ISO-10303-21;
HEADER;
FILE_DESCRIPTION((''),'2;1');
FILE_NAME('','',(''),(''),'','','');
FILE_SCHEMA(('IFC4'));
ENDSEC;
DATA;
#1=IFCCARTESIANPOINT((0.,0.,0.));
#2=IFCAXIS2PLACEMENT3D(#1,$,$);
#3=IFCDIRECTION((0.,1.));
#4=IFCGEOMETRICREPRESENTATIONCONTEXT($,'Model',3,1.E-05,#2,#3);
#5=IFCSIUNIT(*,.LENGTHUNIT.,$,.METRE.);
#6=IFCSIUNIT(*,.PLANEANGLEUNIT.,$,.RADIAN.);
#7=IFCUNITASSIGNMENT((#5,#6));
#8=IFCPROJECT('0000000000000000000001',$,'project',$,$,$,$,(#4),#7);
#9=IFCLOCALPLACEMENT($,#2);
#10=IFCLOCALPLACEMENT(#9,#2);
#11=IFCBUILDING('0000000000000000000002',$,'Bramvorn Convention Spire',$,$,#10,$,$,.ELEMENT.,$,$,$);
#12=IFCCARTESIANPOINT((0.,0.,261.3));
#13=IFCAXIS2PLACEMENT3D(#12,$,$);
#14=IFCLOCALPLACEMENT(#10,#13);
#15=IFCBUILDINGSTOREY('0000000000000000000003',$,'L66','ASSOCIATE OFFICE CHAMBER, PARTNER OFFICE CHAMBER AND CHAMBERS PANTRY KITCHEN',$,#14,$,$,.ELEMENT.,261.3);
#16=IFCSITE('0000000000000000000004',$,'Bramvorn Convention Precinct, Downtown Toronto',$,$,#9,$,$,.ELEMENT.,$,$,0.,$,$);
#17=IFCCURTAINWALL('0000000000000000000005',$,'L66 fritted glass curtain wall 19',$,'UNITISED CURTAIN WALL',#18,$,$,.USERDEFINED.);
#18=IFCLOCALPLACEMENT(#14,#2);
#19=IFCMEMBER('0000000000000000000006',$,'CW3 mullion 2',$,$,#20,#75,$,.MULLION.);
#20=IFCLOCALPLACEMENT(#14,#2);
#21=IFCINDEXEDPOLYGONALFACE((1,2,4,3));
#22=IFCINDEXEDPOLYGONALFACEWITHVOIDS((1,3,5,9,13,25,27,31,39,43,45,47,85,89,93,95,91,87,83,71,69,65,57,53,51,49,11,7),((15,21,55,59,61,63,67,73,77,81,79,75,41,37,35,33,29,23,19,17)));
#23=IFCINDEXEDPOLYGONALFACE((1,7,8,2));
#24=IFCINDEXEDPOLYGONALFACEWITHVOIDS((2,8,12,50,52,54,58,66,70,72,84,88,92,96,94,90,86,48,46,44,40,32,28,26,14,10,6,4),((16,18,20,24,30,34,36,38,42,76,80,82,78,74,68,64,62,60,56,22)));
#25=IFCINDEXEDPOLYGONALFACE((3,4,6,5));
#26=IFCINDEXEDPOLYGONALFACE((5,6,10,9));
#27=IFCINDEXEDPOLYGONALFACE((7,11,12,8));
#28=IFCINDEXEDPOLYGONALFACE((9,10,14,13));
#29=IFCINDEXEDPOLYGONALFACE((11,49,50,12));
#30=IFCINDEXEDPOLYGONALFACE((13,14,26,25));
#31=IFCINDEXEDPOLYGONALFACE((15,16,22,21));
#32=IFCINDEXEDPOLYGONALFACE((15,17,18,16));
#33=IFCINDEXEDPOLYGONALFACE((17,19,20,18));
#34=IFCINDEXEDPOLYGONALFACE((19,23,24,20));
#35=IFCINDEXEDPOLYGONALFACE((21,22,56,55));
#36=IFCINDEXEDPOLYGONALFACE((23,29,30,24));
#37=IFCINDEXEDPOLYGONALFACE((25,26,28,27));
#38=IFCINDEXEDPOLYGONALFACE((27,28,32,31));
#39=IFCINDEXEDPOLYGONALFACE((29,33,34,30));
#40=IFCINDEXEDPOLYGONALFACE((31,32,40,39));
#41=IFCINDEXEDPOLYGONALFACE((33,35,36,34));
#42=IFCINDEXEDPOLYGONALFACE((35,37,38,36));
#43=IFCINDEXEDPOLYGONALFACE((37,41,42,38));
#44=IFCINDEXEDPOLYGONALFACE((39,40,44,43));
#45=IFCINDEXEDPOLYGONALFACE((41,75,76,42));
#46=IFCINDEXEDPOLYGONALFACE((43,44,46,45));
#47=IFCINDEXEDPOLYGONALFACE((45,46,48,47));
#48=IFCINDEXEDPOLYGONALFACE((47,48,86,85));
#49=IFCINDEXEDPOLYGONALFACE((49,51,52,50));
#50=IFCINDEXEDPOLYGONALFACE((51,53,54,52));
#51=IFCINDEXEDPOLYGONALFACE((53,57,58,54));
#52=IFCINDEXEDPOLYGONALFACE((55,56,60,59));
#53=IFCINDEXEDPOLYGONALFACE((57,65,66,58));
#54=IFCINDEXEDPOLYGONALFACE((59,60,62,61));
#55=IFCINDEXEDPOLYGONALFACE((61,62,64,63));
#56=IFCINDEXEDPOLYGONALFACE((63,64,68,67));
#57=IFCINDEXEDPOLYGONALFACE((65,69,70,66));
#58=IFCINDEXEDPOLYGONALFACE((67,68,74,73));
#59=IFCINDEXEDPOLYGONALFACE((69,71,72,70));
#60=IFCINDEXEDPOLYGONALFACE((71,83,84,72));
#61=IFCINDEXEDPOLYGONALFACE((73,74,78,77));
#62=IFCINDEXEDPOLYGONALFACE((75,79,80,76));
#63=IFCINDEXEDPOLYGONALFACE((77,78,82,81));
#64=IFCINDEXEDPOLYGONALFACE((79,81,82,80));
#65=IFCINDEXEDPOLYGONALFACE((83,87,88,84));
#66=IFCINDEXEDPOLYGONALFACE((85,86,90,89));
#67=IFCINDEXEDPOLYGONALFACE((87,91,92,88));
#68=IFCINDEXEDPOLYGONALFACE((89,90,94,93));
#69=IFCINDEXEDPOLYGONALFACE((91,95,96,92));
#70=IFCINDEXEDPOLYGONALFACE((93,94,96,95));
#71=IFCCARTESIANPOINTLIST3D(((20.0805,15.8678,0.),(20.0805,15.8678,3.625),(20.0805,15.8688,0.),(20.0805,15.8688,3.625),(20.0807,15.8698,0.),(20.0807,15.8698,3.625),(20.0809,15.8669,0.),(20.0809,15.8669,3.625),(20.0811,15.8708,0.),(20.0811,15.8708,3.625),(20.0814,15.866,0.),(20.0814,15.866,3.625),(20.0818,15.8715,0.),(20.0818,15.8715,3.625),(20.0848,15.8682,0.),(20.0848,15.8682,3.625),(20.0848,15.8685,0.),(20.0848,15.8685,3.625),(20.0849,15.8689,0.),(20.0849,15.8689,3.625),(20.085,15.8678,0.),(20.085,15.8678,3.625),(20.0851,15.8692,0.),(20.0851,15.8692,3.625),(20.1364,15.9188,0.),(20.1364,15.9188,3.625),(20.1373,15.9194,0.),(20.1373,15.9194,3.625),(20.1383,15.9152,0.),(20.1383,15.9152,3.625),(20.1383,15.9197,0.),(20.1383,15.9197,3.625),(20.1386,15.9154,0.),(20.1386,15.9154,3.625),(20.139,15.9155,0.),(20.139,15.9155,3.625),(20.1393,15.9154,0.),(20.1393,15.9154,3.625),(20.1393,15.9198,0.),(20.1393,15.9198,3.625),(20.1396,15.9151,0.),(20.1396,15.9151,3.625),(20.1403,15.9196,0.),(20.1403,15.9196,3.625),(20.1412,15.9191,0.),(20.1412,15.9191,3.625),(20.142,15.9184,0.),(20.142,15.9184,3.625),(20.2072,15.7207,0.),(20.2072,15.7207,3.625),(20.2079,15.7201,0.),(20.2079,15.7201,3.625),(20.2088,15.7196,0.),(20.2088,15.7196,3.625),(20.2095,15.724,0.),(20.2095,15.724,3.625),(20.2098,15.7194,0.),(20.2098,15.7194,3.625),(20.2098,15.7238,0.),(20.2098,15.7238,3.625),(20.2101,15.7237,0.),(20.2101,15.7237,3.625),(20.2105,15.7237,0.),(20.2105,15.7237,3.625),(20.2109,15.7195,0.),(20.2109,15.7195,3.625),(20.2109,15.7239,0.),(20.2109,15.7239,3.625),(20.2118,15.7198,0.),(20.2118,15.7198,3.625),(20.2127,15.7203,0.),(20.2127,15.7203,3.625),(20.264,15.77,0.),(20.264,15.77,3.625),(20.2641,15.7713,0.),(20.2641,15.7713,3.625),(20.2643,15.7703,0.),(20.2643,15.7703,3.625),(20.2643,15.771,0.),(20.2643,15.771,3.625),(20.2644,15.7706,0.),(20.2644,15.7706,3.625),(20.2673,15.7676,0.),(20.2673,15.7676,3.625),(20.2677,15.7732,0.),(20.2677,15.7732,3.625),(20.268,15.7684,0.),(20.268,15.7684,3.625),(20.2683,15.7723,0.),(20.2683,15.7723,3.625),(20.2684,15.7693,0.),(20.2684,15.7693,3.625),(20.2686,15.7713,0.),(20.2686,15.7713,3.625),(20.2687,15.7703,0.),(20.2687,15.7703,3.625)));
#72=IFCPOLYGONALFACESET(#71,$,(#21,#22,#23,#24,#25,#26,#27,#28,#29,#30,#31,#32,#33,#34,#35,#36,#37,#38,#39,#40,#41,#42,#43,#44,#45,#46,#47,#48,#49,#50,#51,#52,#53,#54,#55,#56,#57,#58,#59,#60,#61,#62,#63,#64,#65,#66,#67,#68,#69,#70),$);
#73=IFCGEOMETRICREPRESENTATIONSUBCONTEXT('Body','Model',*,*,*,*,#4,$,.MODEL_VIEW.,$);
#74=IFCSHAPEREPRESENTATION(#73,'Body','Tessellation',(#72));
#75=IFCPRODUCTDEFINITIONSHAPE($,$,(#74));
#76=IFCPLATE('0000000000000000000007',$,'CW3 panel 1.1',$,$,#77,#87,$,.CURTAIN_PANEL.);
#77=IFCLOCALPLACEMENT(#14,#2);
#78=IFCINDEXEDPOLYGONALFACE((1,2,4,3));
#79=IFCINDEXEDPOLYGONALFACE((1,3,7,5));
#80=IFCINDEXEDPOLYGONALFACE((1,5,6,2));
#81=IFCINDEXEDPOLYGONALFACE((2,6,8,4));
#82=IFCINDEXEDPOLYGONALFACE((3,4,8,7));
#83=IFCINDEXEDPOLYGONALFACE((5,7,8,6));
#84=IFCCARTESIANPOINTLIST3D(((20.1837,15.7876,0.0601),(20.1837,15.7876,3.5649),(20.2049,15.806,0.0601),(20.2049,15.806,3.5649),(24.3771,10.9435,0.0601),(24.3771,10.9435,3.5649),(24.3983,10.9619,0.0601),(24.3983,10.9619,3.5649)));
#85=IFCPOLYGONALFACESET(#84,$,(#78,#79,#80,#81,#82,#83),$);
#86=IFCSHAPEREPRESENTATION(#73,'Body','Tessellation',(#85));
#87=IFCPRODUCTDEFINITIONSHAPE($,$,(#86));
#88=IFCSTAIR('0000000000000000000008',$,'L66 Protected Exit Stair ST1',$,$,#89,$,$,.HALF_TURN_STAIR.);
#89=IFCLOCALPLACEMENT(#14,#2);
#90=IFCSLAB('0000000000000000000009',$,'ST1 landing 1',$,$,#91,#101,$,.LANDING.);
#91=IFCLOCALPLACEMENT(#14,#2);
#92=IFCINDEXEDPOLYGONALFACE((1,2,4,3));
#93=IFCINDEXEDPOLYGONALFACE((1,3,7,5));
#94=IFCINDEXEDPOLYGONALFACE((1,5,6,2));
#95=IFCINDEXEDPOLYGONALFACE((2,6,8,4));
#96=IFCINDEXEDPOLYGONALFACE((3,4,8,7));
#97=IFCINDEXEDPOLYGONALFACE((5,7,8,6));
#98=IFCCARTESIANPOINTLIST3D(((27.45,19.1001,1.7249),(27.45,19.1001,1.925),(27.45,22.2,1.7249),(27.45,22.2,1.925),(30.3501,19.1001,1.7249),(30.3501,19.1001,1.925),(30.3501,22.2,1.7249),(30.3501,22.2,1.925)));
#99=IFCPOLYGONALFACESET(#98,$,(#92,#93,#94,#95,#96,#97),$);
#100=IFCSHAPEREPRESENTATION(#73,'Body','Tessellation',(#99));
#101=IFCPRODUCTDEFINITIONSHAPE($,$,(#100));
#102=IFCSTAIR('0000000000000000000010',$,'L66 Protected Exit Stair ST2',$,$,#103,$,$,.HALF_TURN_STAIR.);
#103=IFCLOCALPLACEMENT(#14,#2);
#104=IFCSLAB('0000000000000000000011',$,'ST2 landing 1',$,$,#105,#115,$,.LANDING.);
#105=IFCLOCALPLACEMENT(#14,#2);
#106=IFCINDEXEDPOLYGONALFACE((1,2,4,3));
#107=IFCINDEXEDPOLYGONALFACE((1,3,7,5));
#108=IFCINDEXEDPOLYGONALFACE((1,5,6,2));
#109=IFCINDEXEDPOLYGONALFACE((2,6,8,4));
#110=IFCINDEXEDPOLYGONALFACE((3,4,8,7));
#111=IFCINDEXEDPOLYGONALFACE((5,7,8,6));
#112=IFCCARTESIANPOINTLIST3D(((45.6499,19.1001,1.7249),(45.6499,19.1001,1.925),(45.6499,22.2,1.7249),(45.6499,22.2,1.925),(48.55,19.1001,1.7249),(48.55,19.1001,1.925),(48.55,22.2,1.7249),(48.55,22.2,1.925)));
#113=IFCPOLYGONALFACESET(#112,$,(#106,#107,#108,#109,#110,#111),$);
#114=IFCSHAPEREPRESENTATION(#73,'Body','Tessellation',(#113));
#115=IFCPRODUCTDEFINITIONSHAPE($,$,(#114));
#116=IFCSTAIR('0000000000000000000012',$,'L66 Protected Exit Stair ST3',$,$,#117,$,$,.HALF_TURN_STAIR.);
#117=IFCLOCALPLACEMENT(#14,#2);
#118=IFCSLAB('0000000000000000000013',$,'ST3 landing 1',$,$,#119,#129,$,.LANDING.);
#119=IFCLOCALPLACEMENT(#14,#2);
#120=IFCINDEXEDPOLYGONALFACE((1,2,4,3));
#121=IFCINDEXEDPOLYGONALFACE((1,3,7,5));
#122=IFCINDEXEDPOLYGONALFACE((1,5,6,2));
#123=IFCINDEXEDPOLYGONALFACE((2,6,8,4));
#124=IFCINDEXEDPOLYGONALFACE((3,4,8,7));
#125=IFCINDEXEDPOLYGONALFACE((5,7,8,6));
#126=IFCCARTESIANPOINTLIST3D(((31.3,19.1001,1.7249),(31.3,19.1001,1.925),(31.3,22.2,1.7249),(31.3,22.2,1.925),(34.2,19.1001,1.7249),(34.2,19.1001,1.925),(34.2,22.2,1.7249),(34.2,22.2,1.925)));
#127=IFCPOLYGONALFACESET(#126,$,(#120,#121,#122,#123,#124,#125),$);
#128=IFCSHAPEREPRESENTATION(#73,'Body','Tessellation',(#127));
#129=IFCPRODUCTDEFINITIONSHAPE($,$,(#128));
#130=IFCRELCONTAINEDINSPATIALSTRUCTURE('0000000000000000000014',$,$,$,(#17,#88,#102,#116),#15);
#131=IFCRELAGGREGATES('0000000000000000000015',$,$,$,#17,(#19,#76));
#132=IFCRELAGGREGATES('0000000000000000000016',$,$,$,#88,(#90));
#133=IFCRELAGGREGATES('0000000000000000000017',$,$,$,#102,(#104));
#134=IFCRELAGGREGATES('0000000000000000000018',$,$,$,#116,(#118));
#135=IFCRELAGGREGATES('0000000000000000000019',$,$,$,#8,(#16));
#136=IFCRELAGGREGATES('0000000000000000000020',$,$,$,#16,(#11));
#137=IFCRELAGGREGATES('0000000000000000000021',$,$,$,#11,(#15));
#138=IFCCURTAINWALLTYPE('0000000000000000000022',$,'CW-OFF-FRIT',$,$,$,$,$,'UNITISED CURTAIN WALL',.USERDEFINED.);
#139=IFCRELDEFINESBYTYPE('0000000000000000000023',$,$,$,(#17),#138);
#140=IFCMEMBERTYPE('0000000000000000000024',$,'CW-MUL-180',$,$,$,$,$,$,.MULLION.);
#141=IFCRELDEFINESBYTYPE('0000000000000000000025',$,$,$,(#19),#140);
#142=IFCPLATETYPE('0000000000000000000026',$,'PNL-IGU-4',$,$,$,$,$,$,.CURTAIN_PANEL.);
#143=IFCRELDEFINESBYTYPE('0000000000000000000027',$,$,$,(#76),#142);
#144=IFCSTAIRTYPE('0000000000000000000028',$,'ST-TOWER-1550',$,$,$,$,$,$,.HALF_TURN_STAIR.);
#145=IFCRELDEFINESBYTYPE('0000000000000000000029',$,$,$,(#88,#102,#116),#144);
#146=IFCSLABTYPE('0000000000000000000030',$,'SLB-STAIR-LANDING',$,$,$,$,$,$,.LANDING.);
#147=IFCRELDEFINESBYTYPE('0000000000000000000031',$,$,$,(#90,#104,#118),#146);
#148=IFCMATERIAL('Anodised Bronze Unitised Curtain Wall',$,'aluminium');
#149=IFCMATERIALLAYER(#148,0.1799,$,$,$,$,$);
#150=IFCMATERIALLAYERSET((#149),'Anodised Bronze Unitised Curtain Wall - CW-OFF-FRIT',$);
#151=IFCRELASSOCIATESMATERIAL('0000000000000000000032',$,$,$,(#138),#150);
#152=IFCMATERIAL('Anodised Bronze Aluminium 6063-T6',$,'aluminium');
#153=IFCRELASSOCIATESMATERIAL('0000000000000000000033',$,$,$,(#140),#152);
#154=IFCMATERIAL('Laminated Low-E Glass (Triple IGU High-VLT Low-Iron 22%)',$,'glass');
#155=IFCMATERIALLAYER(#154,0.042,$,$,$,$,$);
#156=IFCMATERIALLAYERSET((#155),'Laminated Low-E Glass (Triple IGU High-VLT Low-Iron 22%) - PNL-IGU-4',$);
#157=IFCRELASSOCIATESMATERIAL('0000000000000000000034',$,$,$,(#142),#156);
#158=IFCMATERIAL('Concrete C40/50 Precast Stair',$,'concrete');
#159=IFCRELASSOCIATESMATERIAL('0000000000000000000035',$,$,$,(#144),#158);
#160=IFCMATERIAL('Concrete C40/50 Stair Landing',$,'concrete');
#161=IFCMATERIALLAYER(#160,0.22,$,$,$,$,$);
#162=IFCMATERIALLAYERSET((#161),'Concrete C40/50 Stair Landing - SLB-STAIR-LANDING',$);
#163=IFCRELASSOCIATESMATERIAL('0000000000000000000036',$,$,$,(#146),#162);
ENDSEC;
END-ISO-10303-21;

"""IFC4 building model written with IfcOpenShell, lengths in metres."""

from ifc_helpers import new_model, si_unit, direction, frame, origin, origin_2d, place, context, subcontext, project, spatial, polyline, rectangle, hollow_rectangle, outline, extrude, material, layer, layer_set, material_profile, profile_set, type_object, element, aggregate, save


model = new_model("IFC4")

# Units and contexts
model_context = context("Model", 3, precision=1e-05, world=origin(), true_north=direction((0.0, 1.0)))
body_context = subcontext(model_context, "Body", "Model", "MODEL_VIEW")
ifc_project = project(units=[si_unit("LENGTHUNIT", "METRE"), si_unit("PLANEANGLEUNIT", "RADIAN")], contexts=[model_context])

# Site, building, storey
site_placement = place(None, origin())
site = spatial("IfcSite", under=ifc_project, at=site_placement, Name="Bramvorn Convention Precinct, Downtown Toronto", CompositionType="ELEMENT", RefElevation=0.0)
building_placement = place(site_placement, origin())
building = spatial("IfcBuilding", under=site, at=building_placement, Name="Bramvorn Convention Spire", CompositionType="ELEMENT")
storey_placement = place(building_placement, frame((0.0, 0.0, 261.3)))
storey = spatial("IfcBuildingStorey", under=building, at=storey_placement, Name="L66", Description="ASSOCIATE OFFICE CHAMBER, PARTNER OFFICE CHAMBER AND CHAMBERS PANTRY KITCHEN", CompositionType="ELEMENT", Elevation=261.3)

# Curtain wall, member, plate
ifc_material_1 = material(Name="Anodised Bronze Unitised Curtain Wall", Category="aluminium")
ifc_layer_1 = layer(ifc_material_1, 0.1799)
ifc_layer_set_1 = layer_set([ifc_layer_1], Name="Anodised Bronze Unitised Curtain Wall - CW-OFF-FRIT")
curtain_wall_type = type_object("IfcCurtainWallType", Name="CW-OFF-FRIT", ElementType="UNITISED CURTAIN WALL", PredefinedType="USERDEFINED", material=ifc_layer_set_1)
curtain_wall_placement = place(storey_placement, origin())
curtain_wall = element("IfcCurtainWall", 1, at=curtain_wall_placement, inside=storey, type_object=curtain_wall_type, Name="L66 fritted glass curtain wall 19", ObjectType="UNITISED CURTAIN WALL", PredefinedType="USERDEFINED")
ifc_material_2 = material(Name="Anodised Bronze Aluminium 6063-T6", Category="aluminium")
ifc_material_profile_1 = material_profile(ifc_material_2, hollow_rectangle(XDim=0.0801, YDim=0.2, WallThickness=0.0039, InnerFilletRadius=0.001, OuterFilletRadius=0.0039, at=origin_2d()))
ifc_profile_set_1 = profile_set([ifc_material_profile_1], Name="Anodised Bronze Aluminium 6063-T6 - CWM80X200")
member_type = type_object("IfcMemberType", Name="CW-MUL-180", PredefinedType="MULLION", material=ifc_profile_set_1)
member_placement = place(storey_placement, frame((20.1746, 15.8196, 0.0), z_axis=(0.0, 0.0, 1.0), x_axis=(-0.756063, -0.654499, 0.0)))
member = element("IfcMember", 2, at=member_placement, type_object=member_type, Name="CW3 mullion 2", PredefinedType="MULLION", context=body_context, shape_type="SweptSolid", body=[
    extrude(hollow_rectangle(XDim=0.0801, YDim=0.2, WallThickness=0.0039, InnerFilletRadius=0.001, OuterFilletRadius=0.0039, at=origin_2d()), origin(), (0.0, 0.0, 1.0), 3.625),
])
ifc_material_3 = material(Name="Laminated Low-E Glass (Triple IGU High-VLT Low-Iron 22%)", Category="glass")
ifc_layer_2 = layer(ifc_material_3, 0.042)
ifc_layer_set_2 = layer_set([ifc_layer_2], Name="Laminated Low-E Glass (Triple IGU High-VLT Low-Iron 22%) - PNL-IGU-4")
plate_type = type_object("IfcPlateType", Name="PNL-IGU-4", PredefinedType="CURTAIN_PANEL", material=ifc_layer_set_2)
plate_placement = place(storey_placement, frame((22.291, 13.3748, 0.0601), z_axis=(0.0, 0.0, 1.0), x_axis=(-0.654499, 0.756063, 0.0)))
plate = element("IfcPlate", 3, at=plate_placement, type_object=plate_type, Name="CW3 panel 1.1", PredefinedType="CURTAIN_PANEL", context=body_context, shape_type="SweptSolid", body=[
    extrude(rectangle(XDim=6.407, YDim=0.0281, at=origin_2d()), origin(), (0.0, 0.0, 1.0), 3.5049),
])
aggregate(curtain_wall, [member, plate])

# Stairs, slabs
ifc_material_4 = material(Name="Concrete C40/50 Precast Stair", Category="concrete")
stair_type = type_object("IfcStairType", Name="ST-TOWER-1550", PredefinedType="HALF_TURN_STAIR", material=ifc_material_4)
stair_1_placement = place(storey_placement, origin())
stair_1 = element("IfcStair", 4, at=stair_1_placement, inside=storey, type_object=stair_type, Name="L66 Protected Exit Stair ST1", PredefinedType="HALF_TURN_STAIR")
ifc_material_5 = material(Name="Concrete C40/50 Stair Landing", Category="concrete")
ifc_layer_3 = layer(ifc_material_5, 0.22)
ifc_layer_set_3 = layer_set([ifc_layer_3], Name="Concrete C40/50 Stair Landing - SLB-STAIR-LANDING")
slab_type_1 = type_object("IfcSlabType", Name="SLB-STAIR-LANDING", PredefinedType="LANDING", material=ifc_layer_set_3)
slab_1_placement = place(storey_placement, frame((0.0, 0.0, 1.7249)))
slab_1 = element("IfcSlab", 5, at=slab_1_placement, type_object=slab_type_1, Name="ST1 landing 1", PredefinedType="LANDING", context=body_context, shape_type="SweptSolid", body=[
    extrude(outline(polyline([(27.45, 22.2), (27.45, 19.1001), (30.3501, 19.1001), (30.3501, 22.2), (27.45, 22.2)])), origin(), (0.0, 0.0, 1.0), 0.2002),
])
aggregate(stair_1, [slab_1])
stair_2_placement = place(storey_placement, origin())
stair_2 = element("IfcStair", 6, at=stair_2_placement, inside=storey, type_object=stair_type, Name="L66 Protected Exit Stair ST2", PredefinedType="HALF_TURN_STAIR")
slab_2_placement = place(storey_placement, frame((0.0, 0.0, 1.7249)))
slab_2 = element("IfcSlab", 7, at=slab_2_placement, type_object=slab_type_1, Name="ST2 landing 1", PredefinedType="LANDING", context=body_context, shape_type="SweptSolid", body=[
    extrude(outline(polyline([(45.6499, 22.2), (45.6499, 19.1001), (48.55, 19.1001), (48.55, 22.2), (45.6499, 22.2)])), origin(), (0.0, 0.0, 1.0), 0.2002),
])
aggregate(stair_2, [slab_2])
stair_3_placement = place(storey_placement, origin())
stair_3 = element("IfcStair", 8, at=stair_3_placement, inside=storey, type_object=stair_type, Name="L66 Protected Exit Stair ST3", PredefinedType="HALF_TURN_STAIR")
slab_3_placement = place(storey_placement, frame((0.0, 0.0, 1.7249)))
slab_3 = element("IfcSlab", 9, at=slab_3_placement, type_object=slab_type_1, Name="ST3 landing 1", PredefinedType="LANDING", context=body_context, shape_type="SweptSolid", body=[
    extrude(outline(polyline([(31.3, 22.2), (31.3, 19.1001), (34.2, 19.1001), (34.2, 22.2), (31.3, 22.2)])), origin(), (0.0, 0.0, 1.0), 0.2002),
])
aggregate(stair_3, [slab_3])

save(model, "model.ifc")
